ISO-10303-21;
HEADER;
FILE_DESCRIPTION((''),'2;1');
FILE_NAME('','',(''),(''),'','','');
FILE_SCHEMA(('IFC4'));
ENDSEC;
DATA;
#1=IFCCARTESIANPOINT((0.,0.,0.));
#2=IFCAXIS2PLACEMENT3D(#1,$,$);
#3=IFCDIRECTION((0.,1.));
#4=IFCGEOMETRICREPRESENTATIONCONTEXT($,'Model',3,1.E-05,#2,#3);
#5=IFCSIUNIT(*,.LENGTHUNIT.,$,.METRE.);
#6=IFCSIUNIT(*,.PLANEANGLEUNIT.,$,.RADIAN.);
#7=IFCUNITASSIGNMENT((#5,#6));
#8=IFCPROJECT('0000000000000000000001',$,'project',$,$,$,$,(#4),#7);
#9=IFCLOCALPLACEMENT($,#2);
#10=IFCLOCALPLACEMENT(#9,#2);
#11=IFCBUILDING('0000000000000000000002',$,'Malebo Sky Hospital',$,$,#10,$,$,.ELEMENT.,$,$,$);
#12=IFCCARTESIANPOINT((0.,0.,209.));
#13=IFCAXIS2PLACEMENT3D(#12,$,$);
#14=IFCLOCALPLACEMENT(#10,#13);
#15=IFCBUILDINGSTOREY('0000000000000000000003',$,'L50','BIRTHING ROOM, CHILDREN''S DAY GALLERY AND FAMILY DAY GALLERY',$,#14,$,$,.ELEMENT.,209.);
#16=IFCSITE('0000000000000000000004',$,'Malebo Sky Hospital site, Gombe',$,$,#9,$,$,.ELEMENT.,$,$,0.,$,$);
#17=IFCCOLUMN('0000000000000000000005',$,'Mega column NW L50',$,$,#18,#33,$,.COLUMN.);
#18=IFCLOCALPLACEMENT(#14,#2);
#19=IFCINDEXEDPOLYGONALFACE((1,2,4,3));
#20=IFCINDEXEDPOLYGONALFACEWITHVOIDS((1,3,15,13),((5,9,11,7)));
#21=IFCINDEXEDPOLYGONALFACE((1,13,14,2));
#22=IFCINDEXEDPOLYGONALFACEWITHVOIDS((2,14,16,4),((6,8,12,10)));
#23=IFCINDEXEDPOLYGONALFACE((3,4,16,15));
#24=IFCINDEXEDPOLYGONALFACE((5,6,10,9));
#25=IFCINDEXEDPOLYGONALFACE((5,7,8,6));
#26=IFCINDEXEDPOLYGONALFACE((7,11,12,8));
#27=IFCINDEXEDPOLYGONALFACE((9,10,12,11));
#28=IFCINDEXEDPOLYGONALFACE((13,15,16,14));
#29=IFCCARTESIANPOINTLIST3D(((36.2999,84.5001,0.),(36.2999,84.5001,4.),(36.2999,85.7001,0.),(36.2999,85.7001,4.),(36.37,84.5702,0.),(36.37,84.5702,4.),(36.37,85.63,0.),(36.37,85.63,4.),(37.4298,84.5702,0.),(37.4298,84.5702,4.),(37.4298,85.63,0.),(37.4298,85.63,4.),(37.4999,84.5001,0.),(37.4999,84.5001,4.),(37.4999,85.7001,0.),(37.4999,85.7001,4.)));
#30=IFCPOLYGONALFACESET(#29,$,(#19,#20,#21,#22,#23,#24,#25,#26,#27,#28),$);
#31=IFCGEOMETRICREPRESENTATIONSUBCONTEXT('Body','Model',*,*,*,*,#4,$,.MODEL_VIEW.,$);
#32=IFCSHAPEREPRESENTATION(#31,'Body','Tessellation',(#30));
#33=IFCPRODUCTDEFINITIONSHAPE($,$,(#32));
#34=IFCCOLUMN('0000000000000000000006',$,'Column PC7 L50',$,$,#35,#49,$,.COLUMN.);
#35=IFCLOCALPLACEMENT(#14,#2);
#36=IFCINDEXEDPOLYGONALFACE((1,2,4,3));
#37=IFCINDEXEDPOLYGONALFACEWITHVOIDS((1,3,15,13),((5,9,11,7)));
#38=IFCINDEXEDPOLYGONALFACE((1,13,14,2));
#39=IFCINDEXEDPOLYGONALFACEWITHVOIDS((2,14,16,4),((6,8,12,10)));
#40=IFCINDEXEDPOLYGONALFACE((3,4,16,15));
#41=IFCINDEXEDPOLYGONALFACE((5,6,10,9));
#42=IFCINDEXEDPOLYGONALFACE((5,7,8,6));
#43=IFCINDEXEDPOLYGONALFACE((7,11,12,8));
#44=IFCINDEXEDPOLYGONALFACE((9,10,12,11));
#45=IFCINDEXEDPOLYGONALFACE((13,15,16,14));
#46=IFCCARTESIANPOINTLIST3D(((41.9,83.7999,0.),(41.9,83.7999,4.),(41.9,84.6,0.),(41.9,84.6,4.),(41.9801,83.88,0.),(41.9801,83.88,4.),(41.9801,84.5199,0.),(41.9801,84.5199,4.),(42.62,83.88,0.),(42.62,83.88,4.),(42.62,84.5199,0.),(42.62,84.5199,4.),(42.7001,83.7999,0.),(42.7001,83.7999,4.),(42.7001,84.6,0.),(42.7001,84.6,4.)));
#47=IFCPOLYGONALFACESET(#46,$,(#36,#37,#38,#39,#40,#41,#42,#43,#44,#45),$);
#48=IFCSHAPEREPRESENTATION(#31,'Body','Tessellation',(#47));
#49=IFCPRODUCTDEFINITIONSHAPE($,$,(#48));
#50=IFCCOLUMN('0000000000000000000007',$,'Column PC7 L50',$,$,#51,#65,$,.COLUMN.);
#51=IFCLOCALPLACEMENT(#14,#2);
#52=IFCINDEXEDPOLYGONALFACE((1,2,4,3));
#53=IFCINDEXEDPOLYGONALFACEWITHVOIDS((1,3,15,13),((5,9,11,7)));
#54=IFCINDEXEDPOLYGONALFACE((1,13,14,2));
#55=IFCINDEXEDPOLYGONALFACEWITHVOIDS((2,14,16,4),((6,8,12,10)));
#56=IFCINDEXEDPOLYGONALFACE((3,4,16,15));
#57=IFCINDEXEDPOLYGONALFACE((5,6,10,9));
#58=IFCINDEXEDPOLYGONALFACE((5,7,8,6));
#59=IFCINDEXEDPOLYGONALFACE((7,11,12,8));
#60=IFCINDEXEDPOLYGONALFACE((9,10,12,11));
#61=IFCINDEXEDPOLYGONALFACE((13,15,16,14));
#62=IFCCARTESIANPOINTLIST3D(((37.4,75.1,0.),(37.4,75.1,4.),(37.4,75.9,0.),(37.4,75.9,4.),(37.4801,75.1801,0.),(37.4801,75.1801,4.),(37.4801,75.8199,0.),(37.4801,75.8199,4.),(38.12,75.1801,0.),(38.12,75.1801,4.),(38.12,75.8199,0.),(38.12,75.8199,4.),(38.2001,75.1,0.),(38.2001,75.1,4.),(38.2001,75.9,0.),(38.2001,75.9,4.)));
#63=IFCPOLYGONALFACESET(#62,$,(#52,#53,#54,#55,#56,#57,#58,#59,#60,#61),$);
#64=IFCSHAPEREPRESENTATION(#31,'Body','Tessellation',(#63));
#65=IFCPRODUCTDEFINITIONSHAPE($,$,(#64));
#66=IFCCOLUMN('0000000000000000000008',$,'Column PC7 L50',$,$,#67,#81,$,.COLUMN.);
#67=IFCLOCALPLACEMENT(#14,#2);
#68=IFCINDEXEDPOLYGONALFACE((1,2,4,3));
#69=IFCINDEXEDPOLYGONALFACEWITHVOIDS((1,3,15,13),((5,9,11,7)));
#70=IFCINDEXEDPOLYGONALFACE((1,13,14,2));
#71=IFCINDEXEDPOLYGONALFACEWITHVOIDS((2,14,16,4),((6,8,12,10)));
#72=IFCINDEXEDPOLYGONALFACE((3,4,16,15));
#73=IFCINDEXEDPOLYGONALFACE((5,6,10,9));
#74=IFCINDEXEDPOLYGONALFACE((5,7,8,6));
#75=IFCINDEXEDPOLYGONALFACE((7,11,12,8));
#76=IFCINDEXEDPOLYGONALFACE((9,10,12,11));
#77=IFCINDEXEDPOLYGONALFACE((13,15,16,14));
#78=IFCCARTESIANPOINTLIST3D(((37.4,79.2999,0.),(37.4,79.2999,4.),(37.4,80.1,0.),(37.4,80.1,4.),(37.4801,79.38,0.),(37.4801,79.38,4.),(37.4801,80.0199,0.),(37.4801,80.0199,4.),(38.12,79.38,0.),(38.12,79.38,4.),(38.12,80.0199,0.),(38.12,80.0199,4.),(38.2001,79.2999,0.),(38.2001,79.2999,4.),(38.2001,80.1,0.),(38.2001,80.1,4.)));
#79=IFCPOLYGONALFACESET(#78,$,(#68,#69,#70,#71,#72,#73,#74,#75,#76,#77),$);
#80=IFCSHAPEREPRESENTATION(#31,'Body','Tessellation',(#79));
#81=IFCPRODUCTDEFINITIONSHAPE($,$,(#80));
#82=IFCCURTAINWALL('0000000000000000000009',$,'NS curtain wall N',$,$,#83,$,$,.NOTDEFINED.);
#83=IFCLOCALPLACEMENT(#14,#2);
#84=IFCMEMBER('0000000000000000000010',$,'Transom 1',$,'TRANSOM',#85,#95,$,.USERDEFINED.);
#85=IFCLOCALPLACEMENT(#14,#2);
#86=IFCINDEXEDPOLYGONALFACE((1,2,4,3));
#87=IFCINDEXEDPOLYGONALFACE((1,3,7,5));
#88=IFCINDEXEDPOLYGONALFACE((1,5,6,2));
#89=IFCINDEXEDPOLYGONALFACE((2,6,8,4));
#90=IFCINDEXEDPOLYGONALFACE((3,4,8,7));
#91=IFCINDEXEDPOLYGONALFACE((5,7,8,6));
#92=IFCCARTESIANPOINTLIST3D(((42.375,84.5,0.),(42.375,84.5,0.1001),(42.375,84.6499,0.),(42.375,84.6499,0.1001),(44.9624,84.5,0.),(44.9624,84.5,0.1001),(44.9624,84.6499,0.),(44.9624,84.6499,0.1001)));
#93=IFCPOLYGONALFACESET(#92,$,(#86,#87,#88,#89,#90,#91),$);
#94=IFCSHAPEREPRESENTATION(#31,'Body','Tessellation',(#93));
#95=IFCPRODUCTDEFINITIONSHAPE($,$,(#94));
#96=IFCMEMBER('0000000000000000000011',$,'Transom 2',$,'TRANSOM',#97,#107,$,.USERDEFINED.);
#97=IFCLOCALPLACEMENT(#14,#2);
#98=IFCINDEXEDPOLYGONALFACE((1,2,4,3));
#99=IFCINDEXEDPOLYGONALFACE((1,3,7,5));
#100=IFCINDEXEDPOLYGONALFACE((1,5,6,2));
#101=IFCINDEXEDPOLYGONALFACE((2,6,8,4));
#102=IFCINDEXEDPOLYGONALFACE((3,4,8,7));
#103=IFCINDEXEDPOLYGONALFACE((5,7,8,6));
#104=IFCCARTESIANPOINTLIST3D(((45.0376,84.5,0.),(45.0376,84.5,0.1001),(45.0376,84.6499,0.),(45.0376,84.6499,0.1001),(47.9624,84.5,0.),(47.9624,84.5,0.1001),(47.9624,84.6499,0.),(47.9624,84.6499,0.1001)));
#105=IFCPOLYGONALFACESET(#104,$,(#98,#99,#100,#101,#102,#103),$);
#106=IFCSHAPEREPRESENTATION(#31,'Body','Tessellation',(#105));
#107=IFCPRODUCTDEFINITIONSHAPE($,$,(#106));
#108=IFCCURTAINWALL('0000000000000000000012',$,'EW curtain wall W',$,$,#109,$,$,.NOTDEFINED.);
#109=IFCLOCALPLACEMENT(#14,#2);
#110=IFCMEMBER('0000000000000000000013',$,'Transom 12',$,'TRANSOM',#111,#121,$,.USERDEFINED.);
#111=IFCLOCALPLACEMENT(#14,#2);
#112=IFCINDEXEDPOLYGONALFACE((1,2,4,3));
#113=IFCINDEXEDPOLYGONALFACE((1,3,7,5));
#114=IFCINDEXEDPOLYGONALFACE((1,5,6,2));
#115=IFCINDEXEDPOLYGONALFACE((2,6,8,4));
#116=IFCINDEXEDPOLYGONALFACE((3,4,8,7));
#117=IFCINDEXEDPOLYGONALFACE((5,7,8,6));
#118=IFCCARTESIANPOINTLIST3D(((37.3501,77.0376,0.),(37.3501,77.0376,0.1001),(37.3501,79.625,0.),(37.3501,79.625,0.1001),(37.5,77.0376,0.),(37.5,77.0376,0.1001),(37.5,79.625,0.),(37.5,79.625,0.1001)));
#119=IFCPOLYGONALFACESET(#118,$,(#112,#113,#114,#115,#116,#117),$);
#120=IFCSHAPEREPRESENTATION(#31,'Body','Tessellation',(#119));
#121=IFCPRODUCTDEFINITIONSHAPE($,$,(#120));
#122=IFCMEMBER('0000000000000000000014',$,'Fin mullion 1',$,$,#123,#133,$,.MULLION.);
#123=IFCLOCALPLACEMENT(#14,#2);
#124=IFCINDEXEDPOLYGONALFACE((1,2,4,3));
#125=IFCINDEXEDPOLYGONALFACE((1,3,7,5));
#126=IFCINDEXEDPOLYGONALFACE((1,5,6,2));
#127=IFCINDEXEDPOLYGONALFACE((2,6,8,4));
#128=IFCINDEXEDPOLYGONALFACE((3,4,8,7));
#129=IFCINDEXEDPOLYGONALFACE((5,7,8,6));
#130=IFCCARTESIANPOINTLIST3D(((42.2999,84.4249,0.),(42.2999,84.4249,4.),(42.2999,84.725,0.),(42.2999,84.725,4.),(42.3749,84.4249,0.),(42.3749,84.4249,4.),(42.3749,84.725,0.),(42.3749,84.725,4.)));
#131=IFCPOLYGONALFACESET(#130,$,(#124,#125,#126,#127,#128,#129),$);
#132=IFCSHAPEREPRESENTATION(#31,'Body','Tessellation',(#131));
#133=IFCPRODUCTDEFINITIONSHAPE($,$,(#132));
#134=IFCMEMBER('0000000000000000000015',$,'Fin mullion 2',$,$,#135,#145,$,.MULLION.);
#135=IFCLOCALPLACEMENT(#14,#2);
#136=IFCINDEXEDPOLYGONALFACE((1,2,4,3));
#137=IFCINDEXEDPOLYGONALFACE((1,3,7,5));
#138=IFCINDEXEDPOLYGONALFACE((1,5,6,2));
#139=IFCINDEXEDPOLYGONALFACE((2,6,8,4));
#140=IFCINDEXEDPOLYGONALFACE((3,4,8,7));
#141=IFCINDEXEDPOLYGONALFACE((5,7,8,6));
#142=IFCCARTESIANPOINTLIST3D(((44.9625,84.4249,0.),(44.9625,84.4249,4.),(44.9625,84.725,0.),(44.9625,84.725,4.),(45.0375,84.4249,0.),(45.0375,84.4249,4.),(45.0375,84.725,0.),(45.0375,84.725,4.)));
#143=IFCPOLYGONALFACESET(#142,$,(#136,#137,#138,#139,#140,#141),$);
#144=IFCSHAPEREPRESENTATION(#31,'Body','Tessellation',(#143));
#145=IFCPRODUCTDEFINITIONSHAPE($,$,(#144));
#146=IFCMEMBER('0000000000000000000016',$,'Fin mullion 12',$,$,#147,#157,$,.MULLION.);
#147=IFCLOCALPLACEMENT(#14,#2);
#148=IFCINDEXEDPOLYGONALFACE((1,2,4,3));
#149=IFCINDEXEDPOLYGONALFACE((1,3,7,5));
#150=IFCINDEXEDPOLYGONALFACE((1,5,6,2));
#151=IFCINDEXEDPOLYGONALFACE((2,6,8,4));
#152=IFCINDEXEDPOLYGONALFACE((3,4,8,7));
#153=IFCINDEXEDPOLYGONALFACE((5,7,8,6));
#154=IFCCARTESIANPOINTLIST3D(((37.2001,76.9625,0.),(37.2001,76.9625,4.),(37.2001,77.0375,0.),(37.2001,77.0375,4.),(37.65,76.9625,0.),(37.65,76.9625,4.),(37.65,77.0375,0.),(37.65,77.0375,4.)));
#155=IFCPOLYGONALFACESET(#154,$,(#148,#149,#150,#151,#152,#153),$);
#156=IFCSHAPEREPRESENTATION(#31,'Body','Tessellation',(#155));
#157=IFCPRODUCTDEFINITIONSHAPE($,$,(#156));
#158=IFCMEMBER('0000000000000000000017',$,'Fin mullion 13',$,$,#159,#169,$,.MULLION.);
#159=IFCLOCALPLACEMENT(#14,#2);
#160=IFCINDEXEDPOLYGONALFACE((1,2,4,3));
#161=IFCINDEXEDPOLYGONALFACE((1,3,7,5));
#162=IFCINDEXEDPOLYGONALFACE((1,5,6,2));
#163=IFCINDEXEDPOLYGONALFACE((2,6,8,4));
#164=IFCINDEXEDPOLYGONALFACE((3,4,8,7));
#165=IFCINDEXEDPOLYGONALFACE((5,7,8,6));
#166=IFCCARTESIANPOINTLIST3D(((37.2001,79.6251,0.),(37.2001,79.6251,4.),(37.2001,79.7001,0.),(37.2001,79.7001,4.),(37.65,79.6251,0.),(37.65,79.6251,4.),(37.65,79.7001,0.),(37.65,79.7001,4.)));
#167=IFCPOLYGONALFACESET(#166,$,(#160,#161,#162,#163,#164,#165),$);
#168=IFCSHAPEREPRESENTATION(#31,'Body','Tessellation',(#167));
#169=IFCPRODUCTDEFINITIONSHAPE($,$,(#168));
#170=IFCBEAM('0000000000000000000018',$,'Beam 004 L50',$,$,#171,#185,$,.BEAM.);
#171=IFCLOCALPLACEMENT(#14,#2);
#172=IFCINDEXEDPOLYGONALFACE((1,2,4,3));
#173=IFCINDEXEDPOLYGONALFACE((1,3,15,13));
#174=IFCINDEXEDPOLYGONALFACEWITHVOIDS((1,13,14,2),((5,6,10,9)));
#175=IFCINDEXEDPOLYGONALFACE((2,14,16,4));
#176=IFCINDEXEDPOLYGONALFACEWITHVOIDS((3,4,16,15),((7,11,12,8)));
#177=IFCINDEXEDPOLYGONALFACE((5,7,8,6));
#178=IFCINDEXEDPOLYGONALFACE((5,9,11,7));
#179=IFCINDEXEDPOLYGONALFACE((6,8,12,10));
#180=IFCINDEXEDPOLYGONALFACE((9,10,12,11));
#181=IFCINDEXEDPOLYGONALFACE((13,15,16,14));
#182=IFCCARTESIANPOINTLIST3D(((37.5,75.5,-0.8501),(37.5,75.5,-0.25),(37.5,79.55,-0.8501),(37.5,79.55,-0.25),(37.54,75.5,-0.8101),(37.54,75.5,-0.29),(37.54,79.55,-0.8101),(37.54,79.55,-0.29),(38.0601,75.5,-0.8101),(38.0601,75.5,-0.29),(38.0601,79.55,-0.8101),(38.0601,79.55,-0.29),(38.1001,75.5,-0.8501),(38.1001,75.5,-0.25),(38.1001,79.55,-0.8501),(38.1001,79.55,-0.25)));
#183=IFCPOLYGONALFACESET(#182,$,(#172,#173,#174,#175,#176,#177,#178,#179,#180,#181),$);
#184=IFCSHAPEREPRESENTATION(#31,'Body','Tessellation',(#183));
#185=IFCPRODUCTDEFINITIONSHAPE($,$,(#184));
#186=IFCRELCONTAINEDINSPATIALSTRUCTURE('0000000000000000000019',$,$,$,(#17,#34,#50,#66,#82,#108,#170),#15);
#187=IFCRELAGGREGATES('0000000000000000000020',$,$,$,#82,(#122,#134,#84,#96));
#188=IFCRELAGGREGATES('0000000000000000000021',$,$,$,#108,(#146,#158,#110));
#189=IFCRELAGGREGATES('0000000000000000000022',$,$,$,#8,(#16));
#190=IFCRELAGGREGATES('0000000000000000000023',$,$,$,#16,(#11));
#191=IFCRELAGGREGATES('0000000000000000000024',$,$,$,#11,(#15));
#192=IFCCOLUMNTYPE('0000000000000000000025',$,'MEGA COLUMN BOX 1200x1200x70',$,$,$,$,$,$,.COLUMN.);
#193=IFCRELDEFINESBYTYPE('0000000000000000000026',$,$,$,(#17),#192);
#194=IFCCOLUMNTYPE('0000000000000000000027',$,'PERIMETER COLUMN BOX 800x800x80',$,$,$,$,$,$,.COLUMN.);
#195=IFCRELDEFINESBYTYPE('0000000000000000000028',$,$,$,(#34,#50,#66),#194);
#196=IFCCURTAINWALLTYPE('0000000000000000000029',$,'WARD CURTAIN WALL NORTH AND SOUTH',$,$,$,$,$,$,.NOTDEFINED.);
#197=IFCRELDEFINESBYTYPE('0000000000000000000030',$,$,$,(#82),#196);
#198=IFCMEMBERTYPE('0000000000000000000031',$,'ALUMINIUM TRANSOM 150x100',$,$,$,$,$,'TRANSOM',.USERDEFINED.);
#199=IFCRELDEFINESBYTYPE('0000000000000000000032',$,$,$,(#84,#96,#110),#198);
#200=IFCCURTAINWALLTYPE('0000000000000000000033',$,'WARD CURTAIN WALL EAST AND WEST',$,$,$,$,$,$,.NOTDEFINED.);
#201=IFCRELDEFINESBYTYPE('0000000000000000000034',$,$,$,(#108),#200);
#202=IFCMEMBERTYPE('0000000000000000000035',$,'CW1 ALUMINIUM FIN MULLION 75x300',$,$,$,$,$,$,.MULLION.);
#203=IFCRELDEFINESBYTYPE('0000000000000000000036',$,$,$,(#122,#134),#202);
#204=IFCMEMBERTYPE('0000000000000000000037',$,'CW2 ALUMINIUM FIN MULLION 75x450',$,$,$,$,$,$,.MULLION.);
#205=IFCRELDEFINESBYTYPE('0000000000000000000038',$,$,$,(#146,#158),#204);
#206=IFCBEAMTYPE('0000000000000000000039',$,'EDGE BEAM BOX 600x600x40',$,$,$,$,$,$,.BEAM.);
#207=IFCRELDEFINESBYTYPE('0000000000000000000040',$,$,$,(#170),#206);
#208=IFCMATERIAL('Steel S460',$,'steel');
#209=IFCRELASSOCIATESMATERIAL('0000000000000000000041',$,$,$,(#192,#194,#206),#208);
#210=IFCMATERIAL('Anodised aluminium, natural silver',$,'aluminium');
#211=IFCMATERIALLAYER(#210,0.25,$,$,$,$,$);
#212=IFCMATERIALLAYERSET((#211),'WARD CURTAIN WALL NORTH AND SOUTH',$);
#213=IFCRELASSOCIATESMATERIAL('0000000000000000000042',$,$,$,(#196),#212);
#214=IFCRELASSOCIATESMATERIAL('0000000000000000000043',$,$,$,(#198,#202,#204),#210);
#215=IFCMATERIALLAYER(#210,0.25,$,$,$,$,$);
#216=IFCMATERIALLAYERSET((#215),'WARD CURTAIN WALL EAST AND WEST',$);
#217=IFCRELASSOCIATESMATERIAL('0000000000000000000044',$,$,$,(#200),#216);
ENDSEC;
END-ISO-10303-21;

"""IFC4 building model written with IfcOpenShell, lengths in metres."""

from ifc_helpers import new_model, si_unit, direction, frame, origin, origin_2d, place, context, subcontext, project, spatial, rectangle, hollow_rectangle, extrude, material, layer, layer_set, material_profile, profile_set, type_object, element, aggregate, save


model = new_model("IFC4")

# Units and contexts
model_context = context("Model", 3, precision=1e-05, world=origin(), true_north=direction((0.0, 1.0)))
body_context = subcontext(model_context, "Body", "Model", "MODEL_VIEW")
ifc_project = project(units=[si_unit("LENGTHUNIT", "METRE"), si_unit("PLANEANGLEUNIT", "RADIAN")], contexts=[model_context])

# Site, building, storey
site_placement = place(None, origin())
site = spatial("IfcSite", under=ifc_project, at=site_placement, Name="Malebo Sky Hospital site, Gombe", CompositionType="ELEMENT", RefElevation=0.0)
building_placement = place(site_placement, origin())
building = spatial("IfcBuilding", under=site, at=building_placement, Name="Malebo Sky Hospital", CompositionType="ELEMENT")
storey_placement = place(building_placement, frame((0.0, 0.0, 209.0)))
storey = spatial("IfcBuildingStorey", under=building, at=storey_placement, Name="L50", Description="BIRTHING ROOM, CHILDREN'S DAY GALLERY AND FAMILY DAY GALLERY", CompositionType="ELEMENT", Elevation=209.0)

# Columns
ifc_material_1 = material(Name="Steel S460", Category="steel")
ifc_material_profile_1 = material_profile(ifc_material_1, hollow_rectangle(XDim=1.2, YDim=1.2, WallThickness=0.0701, at=origin_2d()), Name="BOX 1200x1200x70")
ifc_profile_set_1 = profile_set([ifc_material_profile_1], Name="Steel S460")
column_type_1 = type_object("IfcColumnType", Name="MEGA COLUMN BOX 1200x1200x70", PredefinedType="COLUMN", material=ifc_profile_set_1)
column_placement = place(storey_placement, frame((36.8999, 85.1001, 0.0), z_axis=(0.0, 0.0, 1.0), x_axis=(1.0, 0.0, 0.0)))
element("IfcColumn", 1, at=column_placement, inside=storey, type_object=column_type_1, Name="Mega column NW L50", PredefinedType="COLUMN", context=body_context, shape_type="SweptSolid", body=[
    extrude(hollow_rectangle(XDim=1.2, YDim=1.2, WallThickness=0.0701, at=origin_2d()), origin(), (0.0, 0.0, 1.0), 4.0),
])
ifc_material_profile_2 = material_profile(ifc_material_1, hollow_rectangle(XDim=0.8, YDim=0.8, WallThickness=0.0801, at=origin_2d()), Name="BOX 800x800x80")
ifc_profile_set_2 = profile_set([ifc_material_profile_2], Name="Steel S460")
column_type_2 = type_object("IfcColumnType", Name="PERIMETER COLUMN BOX 800x800x80", PredefinedType="COLUMN", material=ifc_profile_set_2)
for number, where, z_axis, x_axis, name in (
    (2, (42.3, 84.2, 0.0), (0.0, 0.0, 1.0), (1.0, 0.0, 0.0), "Column PC7 L50"),
    (3, (37.8, 75.5, 0.0), (0.0, 0.0, 1.0), (1.0, 0.0, 0.0), "Column PC7 L50"),
    (4, (37.8, 79.7, 0.0), (0.0, 0.0, 1.0), (1.0, 0.0, 0.0), "Column PC7 L50"),
):
    element("IfcColumn", number, at=place(storey_placement, frame(where, z_axis=z_axis, x_axis=x_axis)), inside=storey, type_object=column_type_2, Name=name, PredefinedType="COLUMN", context=body_context, shape_type="SweptSolid", body=[
        extrude(hollow_rectangle(XDim=0.8, YDim=0.8, WallThickness=0.0801, at=origin_2d()), origin(), (0.0, 0.0, 1.0), 4.0),
    ])

# Curtain wall, members
ifc_material_2 = material(Name="Anodised aluminium, natural silver", Category="aluminium")
ifc_layer_1 = layer(ifc_material_2, 0.25)
ifc_layer_set_1 = layer_set([ifc_layer_1], Name="WARD CURTAIN WALL NORTH AND SOUTH")
curtain_wall_type_1 = type_object("IfcCurtainWallType", Name="WARD CURTAIN WALL NORTH AND SOUTH", PredefinedType="NOTDEFINED", material=ifc_layer_set_1)
curtain_wall_1_placement = place(storey_placement, origin())
curtain_wall_1 = element("IfcCurtainWall", 5, at=curtain_wall_1_placement, inside=storey, type_object=curtain_wall_type_1, Name="NS curtain wall N", PredefinedType="NOTDEFINED")
ifc_material_profile_3 = material_profile(ifc_material_2, rectangle(XDim=0.1499, YDim=0.1001, at=origin_2d()), Name="ALUMINIUM TRANSOM 150x100")
ifc_profile_set_3 = profile_set([ifc_material_profile_3], Name="Anodised aluminium, natural silver")
member_type_1 = type_object("IfcMemberType", Name="ALUMINIUM TRANSOM 150x100", ElementType="TRANSOM", PredefinedType="USERDEFINED", material=ifc_profile_set_3)
member_1_placement = place(storey_placement, frame((42.375, 84.575, 0.05), z_axis=(1.0, 0.0, 0.0), x_axis=(0.0, 1.0, 0.0)))
member_1 = element("IfcMember", 6, at=member_1_placement, type_object=member_type_1, Name="Transom 1", ObjectType="TRANSOM", PredefinedType="USERDEFINED", context=body_context, shape_type="SweptSolid", body=[
    extrude(rectangle(XDim=0.1499, YDim=0.1001, at=origin_2d()), origin(), (0.0, 0.0, 1.0), 2.5874),
])
member_2_placement = place(storey_placement, frame((45.0376, 84.575, 0.05), z_axis=(1.0, 0.0, 0.0), x_axis=(0.0, 1.0, 0.0)))
member_2 = element("IfcMember", 7, at=member_2_placement, type_object=member_type_1, Name="Transom 2", ObjectType="TRANSOM", PredefinedType="USERDEFINED", context=body_context, shape_type="SweptSolid", body=[
    extrude(rectangle(XDim=0.1499, YDim=0.1001, at=origin_2d()), origin(), (0.0, 0.0, 1.0), 2.9248),
])

# Curtain wall, member
ifc_layer_2 = layer(ifc_material_2, 0.25)
ifc_layer_set_2 = layer_set([ifc_layer_2], Name="WARD CURTAIN WALL EAST AND WEST")
curtain_wall_type_2 = type_object("IfcCurtainWallType", Name="WARD CURTAIN WALL EAST AND WEST", PredefinedType="NOTDEFINED", material=ifc_layer_set_2)
curtain_wall_2_placement = place(storey_placement, origin())
curtain_wall_2 = element("IfcCurtainWall", 8, at=curtain_wall_2_placement, inside=storey, type_object=curtain_wall_type_2, Name="EW curtain wall W", PredefinedType="NOTDEFINED")
member_3_placement = place(storey_placement, frame((37.425, 77.0376, 0.05), z_axis=(0.0, 1.0, 0.0), x_axis=(-1.0, 0.0, 0.0)))
member_3 = element("IfcMember", 9, at=member_3_placement, type_object=member_type_1, Name="Transom 12", ObjectType="TRANSOM", PredefinedType="USERDEFINED", context=body_context, shape_type="SweptSolid", body=[
    extrude(rectangle(XDim=0.1499, YDim=0.1001, at=origin_2d()), origin(), (0.0, 0.0, 1.0), 2.5874),
])

# Members
ifc_material_profile_4 = material_profile(ifc_material_2, rectangle(XDim=0.075, YDim=0.3, at=origin_2d()), Name="CW1 ALUMINIUM FIN MULLION 75x300")
ifc_profile_set_4 = profile_set([ifc_material_profile_4], Name="Anodised aluminium, natural silver")
member_type_2 = type_object("IfcMemberType", Name="CW1 ALUMINIUM FIN MULLION 75x300", PredefinedType="MULLION", material=ifc_profile_set_4)
member_4_placement = place(storey_placement, frame((42.3374, 84.575, 0.0), z_axis=(0.0, 0.0, 1.0), x_axis=(1.0, 0.0, 0.0)))
member_4 = element("IfcMember", 10, at=member_4_placement, type_object=member_type_2, Name="Fin mullion 1", PredefinedType="MULLION", context=body_context, shape_type="SweptSolid", body=[
    extrude(rectangle(XDim=0.075, YDim=0.3, at=origin_2d()), origin(), (0.0, 0.0, 1.0), 4.0),
])
member_5_placement = place(storey_placement, frame((45.0, 84.575, 0.0), z_axis=(0.0, 0.0, 1.0), x_axis=(1.0, 0.0, 0.0)))
member_5 = element("IfcMember", 11, at=member_5_placement, type_object=member_type_2, Name="Fin mullion 2", PredefinedType="MULLION", context=body_context, shape_type="SweptSolid", body=[
    extrude(rectangle(XDim=0.075, YDim=0.3, at=origin_2d()), origin(), (0.0, 0.0, 1.0), 4.0),
])
ifc_material_profile_5 = material_profile(ifc_material_2, rectangle(XDim=0.075, YDim=0.45, at=origin_2d()), Name="CW2 ALUMINIUM FIN MULLION 75x450")
ifc_profile_set_5 = profile_set([ifc_material_profile_5], Name="Anodised aluminium, natural silver")
member_type_3 = type_object("IfcMemberType", Name="CW2 ALUMINIUM FIN MULLION 75x450", PredefinedType="MULLION", material=ifc_profile_set_5)
member_6_placement = place(storey_placement, frame((37.425, 77.0, 0.0), z_axis=(0.0, 0.0, 1.0), x_axis=(0.0, 1.0, 0.0)))
member_6 = element("IfcMember", 12, at=member_6_placement, type_object=member_type_3, Name="Fin mullion 12", PredefinedType="MULLION", context=body_context, shape_type="SweptSolid", body=[
    extrude(rectangle(XDim=0.075, YDim=0.45, at=origin_2d()), origin(), (0.0, 0.0, 1.0), 4.0),
])
member_7_placement = place(storey_placement, frame((37.425, 79.6626, 0.0), z_axis=(0.0, 0.0, 1.0), x_axis=(0.0, 1.0, 0.0)))
member_7 = element("IfcMember", 13, at=member_7_placement, type_object=member_type_3, Name="Fin mullion 13", PredefinedType="MULLION", context=body_context, shape_type="SweptSolid", body=[
    extrude(rectangle(XDim=0.075, YDim=0.45, at=origin_2d()), origin(), (0.0, 0.0, 1.0), 4.0),
])

# Beam
ifc_material_profile_6 = material_profile(ifc_material_1, hollow_rectangle(XDim=0.6001, YDim=0.6001, WallThickness=0.04, at=origin_2d()), Name="BOX 600x600x40")
ifc_profile_set_6 = profile_set([ifc_material_profile_6], Name="Steel S460")
beam_type_1 = type_object("IfcBeamType", Name="EDGE BEAM BOX 600x600x40", PredefinedType="BEAM", material=ifc_profile_set_6)
for number, where, z_axis, x_axis, name in (
    (14, (37.8, 75.5, -0.55), (0.0, 1.0, 0.0), (-1.0, 0.0, 0.0), "Beam 004 L50"),
):
    element("IfcBeam", number, at=place(storey_placement, frame(where, z_axis=z_axis, x_axis=x_axis)), inside=storey, type_object=beam_type_1, Name=name, PredefinedType="BEAM", context=body_context, shape_type="SweptSolid", body=[
        extrude(hollow_rectangle(XDim=0.6001, YDim=0.6001, WallThickness=0.04, at=origin_2d()), origin(), (0.0, 0.0, 1.0), 4.05),
    ])

aggregate(curtain_wall_1, [member_4, member_5, member_1, member_2])
aggregate(curtain_wall_2, [member_6, member_7, member_3])

save(model, "model.ifc")
